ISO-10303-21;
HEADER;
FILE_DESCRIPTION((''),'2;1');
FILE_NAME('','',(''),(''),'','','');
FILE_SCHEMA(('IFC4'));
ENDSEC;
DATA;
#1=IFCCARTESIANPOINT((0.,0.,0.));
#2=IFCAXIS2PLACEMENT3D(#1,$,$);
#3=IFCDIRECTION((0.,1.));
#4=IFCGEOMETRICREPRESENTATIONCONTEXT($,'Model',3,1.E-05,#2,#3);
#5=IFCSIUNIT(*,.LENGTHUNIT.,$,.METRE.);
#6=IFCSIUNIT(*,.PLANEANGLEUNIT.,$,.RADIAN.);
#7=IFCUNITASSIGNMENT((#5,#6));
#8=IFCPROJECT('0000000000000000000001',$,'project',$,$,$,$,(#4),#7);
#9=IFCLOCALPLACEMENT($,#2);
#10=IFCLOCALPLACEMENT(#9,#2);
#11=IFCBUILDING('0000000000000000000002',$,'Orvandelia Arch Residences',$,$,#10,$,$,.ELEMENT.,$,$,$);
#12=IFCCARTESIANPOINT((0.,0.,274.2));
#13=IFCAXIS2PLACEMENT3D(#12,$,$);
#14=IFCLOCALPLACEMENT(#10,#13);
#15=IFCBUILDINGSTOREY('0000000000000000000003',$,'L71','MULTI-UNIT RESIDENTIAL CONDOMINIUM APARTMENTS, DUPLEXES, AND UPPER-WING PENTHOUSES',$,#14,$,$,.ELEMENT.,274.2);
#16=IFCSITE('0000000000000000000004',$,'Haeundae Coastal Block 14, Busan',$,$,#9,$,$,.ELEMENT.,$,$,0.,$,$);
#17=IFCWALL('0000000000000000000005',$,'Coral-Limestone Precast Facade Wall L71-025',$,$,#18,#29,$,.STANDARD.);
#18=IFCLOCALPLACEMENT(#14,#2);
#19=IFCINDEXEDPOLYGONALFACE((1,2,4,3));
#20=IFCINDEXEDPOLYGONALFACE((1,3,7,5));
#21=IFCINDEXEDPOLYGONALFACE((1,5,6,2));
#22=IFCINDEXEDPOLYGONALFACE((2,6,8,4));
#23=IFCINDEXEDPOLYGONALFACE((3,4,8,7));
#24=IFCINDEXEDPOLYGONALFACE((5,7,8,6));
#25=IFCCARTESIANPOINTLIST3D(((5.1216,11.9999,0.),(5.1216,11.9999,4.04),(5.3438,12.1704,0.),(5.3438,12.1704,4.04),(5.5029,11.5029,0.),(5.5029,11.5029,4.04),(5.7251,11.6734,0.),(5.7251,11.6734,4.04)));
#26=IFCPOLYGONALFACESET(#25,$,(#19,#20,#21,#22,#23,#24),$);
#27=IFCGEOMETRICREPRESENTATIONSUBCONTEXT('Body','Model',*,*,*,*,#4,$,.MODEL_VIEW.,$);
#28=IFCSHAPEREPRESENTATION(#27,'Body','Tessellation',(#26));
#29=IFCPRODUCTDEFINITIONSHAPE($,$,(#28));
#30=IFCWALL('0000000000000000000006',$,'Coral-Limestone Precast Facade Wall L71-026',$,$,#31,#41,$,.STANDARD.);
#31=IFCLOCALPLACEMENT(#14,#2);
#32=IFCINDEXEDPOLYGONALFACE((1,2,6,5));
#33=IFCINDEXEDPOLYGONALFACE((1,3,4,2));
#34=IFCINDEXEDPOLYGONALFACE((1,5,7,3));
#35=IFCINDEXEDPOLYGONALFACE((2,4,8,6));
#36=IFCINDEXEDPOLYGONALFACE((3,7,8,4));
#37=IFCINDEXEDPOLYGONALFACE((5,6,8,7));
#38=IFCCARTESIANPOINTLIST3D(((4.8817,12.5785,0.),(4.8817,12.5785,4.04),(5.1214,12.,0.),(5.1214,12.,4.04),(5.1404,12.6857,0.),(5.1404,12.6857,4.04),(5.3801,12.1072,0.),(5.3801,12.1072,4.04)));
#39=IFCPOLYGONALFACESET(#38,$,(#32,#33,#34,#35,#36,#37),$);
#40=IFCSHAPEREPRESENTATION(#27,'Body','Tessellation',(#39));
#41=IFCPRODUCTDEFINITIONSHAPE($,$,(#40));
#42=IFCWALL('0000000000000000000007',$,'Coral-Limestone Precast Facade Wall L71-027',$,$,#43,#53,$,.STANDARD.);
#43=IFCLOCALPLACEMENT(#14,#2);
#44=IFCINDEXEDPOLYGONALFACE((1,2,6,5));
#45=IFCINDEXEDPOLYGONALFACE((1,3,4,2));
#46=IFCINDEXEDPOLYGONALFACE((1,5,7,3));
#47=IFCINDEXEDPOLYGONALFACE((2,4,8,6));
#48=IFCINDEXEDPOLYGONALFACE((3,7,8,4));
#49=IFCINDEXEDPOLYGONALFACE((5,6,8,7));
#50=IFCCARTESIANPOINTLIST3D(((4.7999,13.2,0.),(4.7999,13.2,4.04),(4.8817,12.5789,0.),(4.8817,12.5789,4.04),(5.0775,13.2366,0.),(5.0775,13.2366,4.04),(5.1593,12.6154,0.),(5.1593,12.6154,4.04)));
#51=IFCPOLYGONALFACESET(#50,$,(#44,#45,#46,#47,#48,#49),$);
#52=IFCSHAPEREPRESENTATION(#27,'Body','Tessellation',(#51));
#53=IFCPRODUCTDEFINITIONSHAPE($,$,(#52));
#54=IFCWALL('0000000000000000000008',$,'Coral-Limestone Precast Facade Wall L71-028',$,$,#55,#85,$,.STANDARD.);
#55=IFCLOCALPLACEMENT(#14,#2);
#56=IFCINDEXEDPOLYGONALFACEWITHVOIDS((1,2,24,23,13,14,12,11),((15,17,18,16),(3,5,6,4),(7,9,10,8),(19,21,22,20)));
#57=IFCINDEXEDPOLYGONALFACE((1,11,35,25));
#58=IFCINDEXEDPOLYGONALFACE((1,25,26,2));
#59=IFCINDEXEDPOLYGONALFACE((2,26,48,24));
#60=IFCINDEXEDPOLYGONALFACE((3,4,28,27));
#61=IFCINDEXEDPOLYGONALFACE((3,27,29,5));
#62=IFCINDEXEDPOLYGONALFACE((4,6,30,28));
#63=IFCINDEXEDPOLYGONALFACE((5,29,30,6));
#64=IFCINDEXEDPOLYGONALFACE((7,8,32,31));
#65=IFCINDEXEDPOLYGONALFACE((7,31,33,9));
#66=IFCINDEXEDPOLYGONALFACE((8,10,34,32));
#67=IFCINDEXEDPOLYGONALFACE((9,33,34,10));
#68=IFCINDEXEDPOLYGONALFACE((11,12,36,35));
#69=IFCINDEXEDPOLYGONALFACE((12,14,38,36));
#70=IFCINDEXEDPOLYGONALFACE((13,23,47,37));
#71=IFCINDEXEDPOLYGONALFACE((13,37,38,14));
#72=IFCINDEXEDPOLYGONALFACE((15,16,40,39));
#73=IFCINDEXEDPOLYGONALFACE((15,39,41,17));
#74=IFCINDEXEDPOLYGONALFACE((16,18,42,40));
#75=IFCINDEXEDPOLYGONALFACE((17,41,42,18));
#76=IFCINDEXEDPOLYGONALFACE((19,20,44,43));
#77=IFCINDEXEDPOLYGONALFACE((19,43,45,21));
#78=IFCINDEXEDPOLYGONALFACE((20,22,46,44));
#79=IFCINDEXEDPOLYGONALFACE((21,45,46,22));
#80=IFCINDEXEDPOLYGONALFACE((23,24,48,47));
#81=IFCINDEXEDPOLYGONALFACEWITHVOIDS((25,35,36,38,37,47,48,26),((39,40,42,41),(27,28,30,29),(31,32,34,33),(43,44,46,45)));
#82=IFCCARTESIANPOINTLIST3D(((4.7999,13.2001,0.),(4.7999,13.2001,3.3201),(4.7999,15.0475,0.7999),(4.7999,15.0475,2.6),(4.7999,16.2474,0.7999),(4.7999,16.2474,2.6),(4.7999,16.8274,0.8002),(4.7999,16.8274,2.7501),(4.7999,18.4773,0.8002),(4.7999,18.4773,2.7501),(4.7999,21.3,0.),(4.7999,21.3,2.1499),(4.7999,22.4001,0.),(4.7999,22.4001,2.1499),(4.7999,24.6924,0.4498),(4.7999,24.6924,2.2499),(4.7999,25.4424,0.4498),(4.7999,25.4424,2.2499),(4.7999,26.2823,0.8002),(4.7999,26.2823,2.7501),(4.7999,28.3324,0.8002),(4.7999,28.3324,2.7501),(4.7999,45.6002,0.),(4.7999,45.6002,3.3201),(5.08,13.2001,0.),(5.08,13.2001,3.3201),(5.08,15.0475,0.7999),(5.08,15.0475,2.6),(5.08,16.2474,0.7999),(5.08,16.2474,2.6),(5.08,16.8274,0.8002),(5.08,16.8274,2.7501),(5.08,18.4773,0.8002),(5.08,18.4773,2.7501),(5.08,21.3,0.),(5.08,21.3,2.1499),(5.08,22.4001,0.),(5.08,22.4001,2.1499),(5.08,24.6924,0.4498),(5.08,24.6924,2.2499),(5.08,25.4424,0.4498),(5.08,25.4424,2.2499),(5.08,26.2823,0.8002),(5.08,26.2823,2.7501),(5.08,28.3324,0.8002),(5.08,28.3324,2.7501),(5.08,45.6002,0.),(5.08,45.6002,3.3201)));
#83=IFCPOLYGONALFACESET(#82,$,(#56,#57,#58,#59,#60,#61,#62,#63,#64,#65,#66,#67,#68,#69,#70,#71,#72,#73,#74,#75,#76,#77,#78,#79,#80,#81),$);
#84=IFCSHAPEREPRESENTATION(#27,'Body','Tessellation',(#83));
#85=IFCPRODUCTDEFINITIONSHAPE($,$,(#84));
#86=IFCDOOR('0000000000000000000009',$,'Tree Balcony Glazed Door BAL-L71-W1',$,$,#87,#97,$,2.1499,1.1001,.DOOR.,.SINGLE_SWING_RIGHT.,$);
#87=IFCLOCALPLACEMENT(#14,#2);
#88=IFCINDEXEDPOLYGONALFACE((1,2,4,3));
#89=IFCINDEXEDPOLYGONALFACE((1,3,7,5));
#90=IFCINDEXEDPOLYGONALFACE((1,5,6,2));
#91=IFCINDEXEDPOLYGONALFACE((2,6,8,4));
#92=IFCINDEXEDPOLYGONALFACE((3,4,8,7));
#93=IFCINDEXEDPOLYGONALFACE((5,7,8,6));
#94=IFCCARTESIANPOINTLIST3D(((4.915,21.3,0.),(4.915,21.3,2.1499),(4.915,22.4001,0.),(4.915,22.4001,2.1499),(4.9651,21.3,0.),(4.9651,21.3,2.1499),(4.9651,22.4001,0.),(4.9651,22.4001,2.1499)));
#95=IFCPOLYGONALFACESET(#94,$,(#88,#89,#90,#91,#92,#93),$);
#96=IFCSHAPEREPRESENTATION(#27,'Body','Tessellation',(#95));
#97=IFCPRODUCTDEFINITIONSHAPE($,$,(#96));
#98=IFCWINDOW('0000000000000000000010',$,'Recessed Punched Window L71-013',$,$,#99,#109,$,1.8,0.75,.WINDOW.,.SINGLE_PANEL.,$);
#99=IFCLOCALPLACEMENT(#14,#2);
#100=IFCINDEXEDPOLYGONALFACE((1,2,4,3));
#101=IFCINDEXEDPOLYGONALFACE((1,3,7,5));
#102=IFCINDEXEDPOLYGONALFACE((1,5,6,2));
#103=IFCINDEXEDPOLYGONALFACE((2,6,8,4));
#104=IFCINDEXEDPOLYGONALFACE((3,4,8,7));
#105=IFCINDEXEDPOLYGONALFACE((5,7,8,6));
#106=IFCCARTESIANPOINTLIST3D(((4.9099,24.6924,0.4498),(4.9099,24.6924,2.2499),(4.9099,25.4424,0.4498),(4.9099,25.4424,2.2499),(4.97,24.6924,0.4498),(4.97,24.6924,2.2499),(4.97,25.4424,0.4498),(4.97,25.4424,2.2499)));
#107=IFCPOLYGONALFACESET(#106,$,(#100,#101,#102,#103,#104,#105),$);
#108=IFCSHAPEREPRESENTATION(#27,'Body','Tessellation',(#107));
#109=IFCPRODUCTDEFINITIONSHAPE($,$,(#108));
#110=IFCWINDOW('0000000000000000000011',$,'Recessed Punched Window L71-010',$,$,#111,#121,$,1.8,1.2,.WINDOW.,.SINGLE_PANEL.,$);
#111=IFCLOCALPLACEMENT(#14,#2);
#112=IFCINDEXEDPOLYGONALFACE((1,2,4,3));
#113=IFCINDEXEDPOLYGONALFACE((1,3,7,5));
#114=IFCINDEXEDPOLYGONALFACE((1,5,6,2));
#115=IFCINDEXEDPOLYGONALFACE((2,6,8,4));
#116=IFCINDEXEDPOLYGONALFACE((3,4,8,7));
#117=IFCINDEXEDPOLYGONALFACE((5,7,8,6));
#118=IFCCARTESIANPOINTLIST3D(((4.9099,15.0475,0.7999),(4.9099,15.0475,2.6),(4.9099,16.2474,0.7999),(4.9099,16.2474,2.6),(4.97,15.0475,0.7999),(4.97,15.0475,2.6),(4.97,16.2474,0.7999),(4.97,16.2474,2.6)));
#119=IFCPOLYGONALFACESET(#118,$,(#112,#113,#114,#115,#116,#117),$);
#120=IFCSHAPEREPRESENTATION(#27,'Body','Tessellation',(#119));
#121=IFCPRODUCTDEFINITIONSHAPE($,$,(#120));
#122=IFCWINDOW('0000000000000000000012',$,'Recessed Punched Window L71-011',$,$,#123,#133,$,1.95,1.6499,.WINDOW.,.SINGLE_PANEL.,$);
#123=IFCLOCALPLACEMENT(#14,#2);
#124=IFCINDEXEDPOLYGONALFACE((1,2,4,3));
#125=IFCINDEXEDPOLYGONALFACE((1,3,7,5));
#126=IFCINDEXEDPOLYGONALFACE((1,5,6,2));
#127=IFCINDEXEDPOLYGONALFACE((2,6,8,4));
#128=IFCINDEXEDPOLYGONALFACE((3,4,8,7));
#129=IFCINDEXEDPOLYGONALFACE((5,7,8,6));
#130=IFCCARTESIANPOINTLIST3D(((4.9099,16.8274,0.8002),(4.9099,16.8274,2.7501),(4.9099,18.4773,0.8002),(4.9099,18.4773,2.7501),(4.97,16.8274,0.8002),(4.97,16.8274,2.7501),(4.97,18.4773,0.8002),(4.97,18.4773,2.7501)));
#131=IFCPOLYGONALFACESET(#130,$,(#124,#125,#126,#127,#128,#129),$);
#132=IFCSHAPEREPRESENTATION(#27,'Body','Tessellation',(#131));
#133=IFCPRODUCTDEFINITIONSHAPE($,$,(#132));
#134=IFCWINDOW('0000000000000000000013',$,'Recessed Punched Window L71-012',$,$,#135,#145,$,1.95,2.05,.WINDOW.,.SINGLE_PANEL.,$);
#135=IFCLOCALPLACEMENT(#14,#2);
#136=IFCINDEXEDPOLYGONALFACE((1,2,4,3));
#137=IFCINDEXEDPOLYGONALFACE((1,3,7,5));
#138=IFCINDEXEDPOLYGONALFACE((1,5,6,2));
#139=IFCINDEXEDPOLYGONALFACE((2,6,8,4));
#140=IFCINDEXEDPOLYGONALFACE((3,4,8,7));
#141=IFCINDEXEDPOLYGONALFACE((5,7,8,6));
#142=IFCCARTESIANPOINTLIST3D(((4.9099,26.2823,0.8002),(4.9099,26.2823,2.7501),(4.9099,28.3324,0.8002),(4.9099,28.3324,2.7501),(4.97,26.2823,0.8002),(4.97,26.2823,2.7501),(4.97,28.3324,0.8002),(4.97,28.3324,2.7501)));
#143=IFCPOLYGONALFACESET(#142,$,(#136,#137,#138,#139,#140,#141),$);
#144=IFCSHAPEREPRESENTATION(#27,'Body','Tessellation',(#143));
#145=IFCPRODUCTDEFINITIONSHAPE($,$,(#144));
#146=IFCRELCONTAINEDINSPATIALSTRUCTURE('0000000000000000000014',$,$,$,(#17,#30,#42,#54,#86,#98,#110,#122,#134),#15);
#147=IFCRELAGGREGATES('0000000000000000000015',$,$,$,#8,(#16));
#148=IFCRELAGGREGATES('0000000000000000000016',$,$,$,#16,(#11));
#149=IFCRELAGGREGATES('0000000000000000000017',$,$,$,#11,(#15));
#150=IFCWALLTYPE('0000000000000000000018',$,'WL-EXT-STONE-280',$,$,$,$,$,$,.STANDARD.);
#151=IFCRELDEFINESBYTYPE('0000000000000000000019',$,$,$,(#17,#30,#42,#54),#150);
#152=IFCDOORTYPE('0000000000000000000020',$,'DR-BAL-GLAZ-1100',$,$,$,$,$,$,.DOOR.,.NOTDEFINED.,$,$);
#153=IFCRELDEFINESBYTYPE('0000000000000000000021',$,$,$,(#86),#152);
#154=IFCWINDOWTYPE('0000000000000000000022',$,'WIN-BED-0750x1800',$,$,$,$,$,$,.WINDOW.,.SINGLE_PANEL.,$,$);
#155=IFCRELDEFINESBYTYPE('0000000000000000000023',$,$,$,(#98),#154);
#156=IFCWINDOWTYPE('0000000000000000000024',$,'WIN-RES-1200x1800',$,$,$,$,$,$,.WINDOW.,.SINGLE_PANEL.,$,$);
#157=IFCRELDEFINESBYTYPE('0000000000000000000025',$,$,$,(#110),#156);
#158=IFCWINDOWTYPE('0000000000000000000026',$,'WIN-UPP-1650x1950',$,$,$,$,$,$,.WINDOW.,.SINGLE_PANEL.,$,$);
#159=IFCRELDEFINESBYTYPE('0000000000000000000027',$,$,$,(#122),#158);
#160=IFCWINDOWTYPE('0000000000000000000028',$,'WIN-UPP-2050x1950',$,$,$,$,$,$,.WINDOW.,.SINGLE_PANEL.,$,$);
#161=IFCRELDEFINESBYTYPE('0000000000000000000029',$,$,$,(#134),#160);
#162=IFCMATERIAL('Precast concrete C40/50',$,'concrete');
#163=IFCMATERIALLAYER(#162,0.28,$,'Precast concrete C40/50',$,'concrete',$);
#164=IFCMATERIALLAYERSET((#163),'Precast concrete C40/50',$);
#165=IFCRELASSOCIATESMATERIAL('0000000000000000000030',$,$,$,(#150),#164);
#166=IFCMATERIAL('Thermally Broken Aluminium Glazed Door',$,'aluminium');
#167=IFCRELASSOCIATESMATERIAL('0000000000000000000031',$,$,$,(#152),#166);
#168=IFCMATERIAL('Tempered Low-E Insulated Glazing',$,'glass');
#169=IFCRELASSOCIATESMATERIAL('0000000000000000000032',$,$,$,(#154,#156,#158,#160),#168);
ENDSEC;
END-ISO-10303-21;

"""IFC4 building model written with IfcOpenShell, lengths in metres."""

from ifc_helpers import new_model, si_unit, direction, frame, frame_2d, origin, place, context, subcontext, project, spatial, rectangle, extrude, material, layer, layer_set, type_object, element, fill, save


model = new_model("IFC4")

# Units and contexts
model_context = context("Model", 3, precision=1e-05, world=origin(), true_north=direction((0.0, 1.0)))
body_context = subcontext(model_context, "Body", "Model", "MODEL_VIEW")
ifc_project = project(units=[si_unit("LENGTHUNIT", "METRE"), si_unit("PLANEANGLEUNIT", "RADIAN")], contexts=[model_context])

# Site, building, storey
site_placement = place(None, origin())
site = spatial("IfcSite", under=ifc_project, at=site_placement, Name="Haeundae Coastal Block 14, Busan", CompositionType="ELEMENT", RefElevation=0.0)
building_placement = place(site_placement, origin())
building = spatial("IfcBuilding", under=site, at=building_placement, Name="Orvandelia Arch Residences", CompositionType="ELEMENT")
storey_placement = place(building_placement, frame((0.0, 0.0, 274.2)))
storey = spatial("IfcBuildingStorey", under=building, at=storey_placement, Name="L71", Description="MULTI-UNIT RESIDENTIAL CONDOMINIUM APARTMENTS, DUPLEXES, AND UPPER-WING PENTHOUSES", CompositionType="ELEMENT", Elevation=274.2)

# Shared definitions
ifc_material_1 = material(Name="Precast concrete C40/50", Category="concrete")

# Walls
ifc_layer_1 = layer(ifc_material_1, 0.28, Name="Precast concrete C40/50", Category="concrete")
ifc_layer_set_1 = layer_set([ifc_layer_1], Name="Precast concrete C40/50")
wall_type_1 = type_object("IfcWallType", Name="WL-EXT-STONE-280", PredefinedType="STANDARD", material=ifc_layer_set_1)
for number, where, z_axis, x_axis, name in (
    (1, (5.614, 11.5881, 0.0), (0.0, 0.0, 1.0), (-0.608693, 0.793406, 0.0), "Coral-Limestone Precast Facade Wall L71-025"),
):
    element("IfcWall", number, at=place(storey_placement, frame(where, z_axis=z_axis, x_axis=x_axis)), inside=storey, type_object=wall_type_1, Name=name, PredefinedType="STANDARD", context=body_context, shape_type="SweptSolid", body=[
        extrude(rectangle(XDim=0.6265, YDim=0.28, at=frame_2d((0.3132, 0.0))), origin(), (0.0, 0.0, 1.0), 4.04),
    ])
wall_1_placement = place(storey_placement, frame((5.2507, 12.0537, 0.0), z_axis=(0.0, 0.0, 1.0), x_axis=(-0.382788, 0.923836, 0.0)))
element("IfcWall", 2, at=wall_1_placement, inside=storey, type_object=wall_type_1, Name="Coral-Limestone Precast Facade Wall L71-026", PredefinedType="STANDARD", context=body_context, shape_type="SweptSolid", body=[
    extrude(rectangle(XDim=0.6262, YDim=0.28, at=frame_2d((0.313, 0.0))), origin(), (0.0, 0.0, 1.0), 4.04),
])
wall_2_placement = place(storey_placement, frame((5.0205, 12.5972, 0.0), z_axis=(0.0, 0.0, 1.0), x_axis=(-0.130555, 0.991441, 0.0)))
element("IfcWall", 3, at=wall_2_placement, inside=storey, type_object=wall_type_1, Name="Coral-Limestone Precast Facade Wall L71-027", PredefinedType="STANDARD", context=body_context, shape_type="SweptSolid", body=[
    extrude(rectangle(XDim=0.6265, YDim=0.28, at=frame_2d((0.3132, 0.0))), origin(), (0.0, 0.0, 1.0), 4.04),
])

# Wall, openings, door, windows
wall_3_placement = place(storey_placement, frame((4.9399, 13.2, 0.0), z_axis=(0.0, 0.0, 1.0), x_axis=(0.0, 1.0, 0.0)))
wall_3 = element("IfcWall", 4, at=wall_3_placement, inside=storey, type_object=wall_type_1, Name="Coral-Limestone Precast Facade Wall L71-028", PredefinedType="STANDARD", context=body_context, shape_type="SweptSolid", body=[
    extrude(rectangle(XDim=32.4001, YDim=0.28, at=frame_2d((16.2002, 0.0))), origin(), (0.0, 0.0, 1.0), 3.3201),
])
opening_1_placement = place(wall_3_placement, frame((8.1001, 0.0, 0.0)))
opening_1 = element("IfcOpeningElement", 5, at=opening_1_placement, cuts=wall_3, PredefinedType="OPENING", context=body_context, shape_type="SweptSolid", body=[
    extrude(rectangle(XDim=1.1001, YDim=2.1499, at=frame_2d((0.55, 1.075))), frame((0.0, 0.1499, 0.0), z_axis=(0.0, -1.0, 0.0), x_axis=(1.0, 0.0, 0.0)), (0.0, 0.0, 1.0), 0.3),
])
opening_2_placement = place(wall_3_placement, frame((1.8474, 0.0, 0.8)))
opening_2 = element("IfcOpeningElement", 6, at=opening_2_placement, cuts=wall_3, PredefinedType="OPENING", context=body_context, shape_type="SweptSolid", body=[
    extrude(rectangle(XDim=1.2, YDim=1.8, at=frame_2d((0.6001, 0.8999))), frame((0.0, 0.1499, 0.0), z_axis=(0.0, -1.0, 0.0), x_axis=(1.0, 0.0, 0.0)), (0.0, 0.0, 1.0), 0.3),
])
opening_3_placement = place(wall_3_placement, frame((3.6274, 0.0, 0.8)))
opening_3 = element("IfcOpeningElement", 7, at=opening_3_placement, cuts=wall_3, PredefinedType="OPENING", context=body_context, shape_type="SweptSolid", body=[
    extrude(rectangle(XDim=1.6499, YDim=1.95, at=frame_2d((0.825, 0.9751))), frame((0.0, 0.1499, 0.0), z_axis=(0.0, -1.0, 0.0), x_axis=(1.0, 0.0, 0.0)), (0.0, 0.0, 1.0), 0.3),
])
opening_4_placement = place(wall_3_placement, frame((13.0825, 0.0, 0.8)))
opening_4 = element("IfcOpeningElement", 8, at=opening_4_placement, cuts=wall_3, PredefinedType="OPENING", context=body_context, shape_type="SweptSolid", body=[
    extrude(rectangle(XDim=2.05, YDim=1.95, at=frame_2d((1.0249, 0.9751))), frame((0.0, 0.1499, 0.0), z_axis=(0.0, -1.0, 0.0), x_axis=(1.0, 0.0, 0.0)), (0.0, 0.0, 1.0), 0.3),
])
opening_5_placement = place(wall_3_placement, frame((11.4924, 0.0, 0.45)))
opening_5 = element("IfcOpeningElement", 9, at=opening_5_placement, cuts=wall_3, PredefinedType="OPENING", context=body_context, shape_type="SweptSolid", body=[
    extrude(rectangle(XDim=0.75, YDim=1.8, at=frame_2d((0.375, 0.8999))), frame((0.0, 0.1499, 0.0), z_axis=(0.0, -1.0, 0.0), x_axis=(1.0, 0.0, 0.0)), (0.0, 0.0, 1.0), 0.3),
])
ifc_material_2 = material(Name="Thermally Broken Aluminium Glazed Door", Category="aluminium")
door_type_1 = type_object("IfcDoorType", Name="DR-BAL-GLAZ-1100", OperationType="NOTDEFINED", PredefinedType="DOOR", material=ifc_material_2)
door_1_placement = place(opening_1_placement, origin())
door_1 = element("IfcDoor", 10, at=door_1_placement, inside=storey, type_object=door_type_1, Name="Tree Balcony Glazed Door BAL-L71-W1", OperationType="SINGLE_SWING_RIGHT", OverallHeight=2.1499, OverallWidth=1.1001, PredefinedType="DOOR", context=body_context, shape_type="SweptSolid", body=[
    extrude(rectangle(XDim=1.1001, YDim=2.1499, at=frame_2d((0.55, 1.075))), frame((0.0, 0.0249, 0.0), z_axis=(0.0, -1.0, 0.0), x_axis=(1.0, 0.0, 0.0)), (0.0, 0.0, 1.0), 0.05),
])
fill(opening_1, door_1)
ifc_material_3 = material(Name="Tempered Low-E Insulated Glazing", Category="glass")
window_type_1 = type_object("IfcWindowType", Name="WIN-BED-0750x1800", PartitioningType="SINGLE_PANEL", PredefinedType="WINDOW", material=ifc_material_3)
window_1_placement = place(opening_5_placement, origin())
window_1 = element("IfcWindow", 11, at=window_1_placement, inside=storey, type_object=window_type_1, Name="Recessed Punched Window L71-013", OverallHeight=1.8, OverallWidth=0.75, PartitioningType="SINGLE_PANEL", PredefinedType="WINDOW", context=body_context, shape_type="SweptSolid", body=[
    extrude(rectangle(XDim=0.75, YDim=1.8, at=frame_2d((0.375, 0.8999))), frame((0.0, 0.03, 0.0), z_axis=(0.0, -1.0, 0.0), x_axis=(1.0, 0.0, 0.0)), (0.0, 0.0, 1.0), 0.0601),
])
fill(opening_5, window_1)
window_type_2 = type_object("IfcWindowType", Name="WIN-RES-1200x1800", PartitioningType="SINGLE_PANEL", PredefinedType="WINDOW", material=ifc_material_3)
window_2_placement = place(opening_2_placement, origin())
window_2 = element("IfcWindow", 12, at=window_2_placement, inside=storey, type_object=window_type_2, Name="Recessed Punched Window L71-010", OverallHeight=1.8, OverallWidth=1.2, PartitioningType="SINGLE_PANEL", PredefinedType="WINDOW", context=body_context, shape_type="SweptSolid", body=[
    extrude(rectangle(XDim=1.2, YDim=1.8, at=frame_2d((0.6001, 0.8999))), frame((0.0, 0.03, 0.0), z_axis=(0.0, -1.0, 0.0), x_axis=(1.0, 0.0, 0.0)), (0.0, 0.0, 1.0), 0.0601),
])
fill(opening_2, window_2)
window_type_3 = type_object("IfcWindowType", Name="WIN-UPP-1650x1950", PartitioningType="SINGLE_PANEL", PredefinedType="WINDOW", material=ifc_material_3)
window_3_placement = place(opening_3_placement, origin())
window_3 = element("IfcWindow", 13, at=window_3_placement, inside=storey, type_object=window_type_3, Name="Recessed Punched Window L71-011", OverallHeight=1.95, OverallWidth=1.6499, PartitioningType="SINGLE_PANEL", PredefinedType="WINDOW", context=body_context, shape_type="SweptSolid", body=[
    extrude(rectangle(XDim=1.6499, YDim=1.95, at=frame_2d((0.825, 0.9751))), frame((0.0, 0.03, 0.0), z_axis=(0.0, -1.0, 0.0), x_axis=(1.0, 0.0, 0.0)), (0.0, 0.0, 1.0), 0.0601),
])
fill(opening_3, window_3)
window_type_4 = type_object("IfcWindowType", Name="WIN-UPP-2050x1950", PartitioningType="SINGLE_PANEL", PredefinedType="WINDOW", material=ifc_material_3)
window_4_placement = place(opening_4_placement, origin())
window_4 = element("IfcWindow", 14, at=window_4_placement, inside=storey, type_object=window_type_4, Name="Recessed Punched Window L71-012", OverallHeight=1.95, OverallWidth=2.05, PartitioningType="SINGLE_PANEL", PredefinedType="WINDOW", context=body_context, shape_type="SweptSolid", body=[
    extrude(rectangle(XDim=2.05, YDim=1.95, at=frame_2d((1.0249, 0.9751))), frame((0.0, 0.03, 0.0), z_axis=(0.0, -1.0, 0.0), x_axis=(1.0, 0.0, 0.0)), (0.0, 0.0, 1.0), 0.0601),
])
fill(opening_4, window_4)

save(model, "model.ifc")
